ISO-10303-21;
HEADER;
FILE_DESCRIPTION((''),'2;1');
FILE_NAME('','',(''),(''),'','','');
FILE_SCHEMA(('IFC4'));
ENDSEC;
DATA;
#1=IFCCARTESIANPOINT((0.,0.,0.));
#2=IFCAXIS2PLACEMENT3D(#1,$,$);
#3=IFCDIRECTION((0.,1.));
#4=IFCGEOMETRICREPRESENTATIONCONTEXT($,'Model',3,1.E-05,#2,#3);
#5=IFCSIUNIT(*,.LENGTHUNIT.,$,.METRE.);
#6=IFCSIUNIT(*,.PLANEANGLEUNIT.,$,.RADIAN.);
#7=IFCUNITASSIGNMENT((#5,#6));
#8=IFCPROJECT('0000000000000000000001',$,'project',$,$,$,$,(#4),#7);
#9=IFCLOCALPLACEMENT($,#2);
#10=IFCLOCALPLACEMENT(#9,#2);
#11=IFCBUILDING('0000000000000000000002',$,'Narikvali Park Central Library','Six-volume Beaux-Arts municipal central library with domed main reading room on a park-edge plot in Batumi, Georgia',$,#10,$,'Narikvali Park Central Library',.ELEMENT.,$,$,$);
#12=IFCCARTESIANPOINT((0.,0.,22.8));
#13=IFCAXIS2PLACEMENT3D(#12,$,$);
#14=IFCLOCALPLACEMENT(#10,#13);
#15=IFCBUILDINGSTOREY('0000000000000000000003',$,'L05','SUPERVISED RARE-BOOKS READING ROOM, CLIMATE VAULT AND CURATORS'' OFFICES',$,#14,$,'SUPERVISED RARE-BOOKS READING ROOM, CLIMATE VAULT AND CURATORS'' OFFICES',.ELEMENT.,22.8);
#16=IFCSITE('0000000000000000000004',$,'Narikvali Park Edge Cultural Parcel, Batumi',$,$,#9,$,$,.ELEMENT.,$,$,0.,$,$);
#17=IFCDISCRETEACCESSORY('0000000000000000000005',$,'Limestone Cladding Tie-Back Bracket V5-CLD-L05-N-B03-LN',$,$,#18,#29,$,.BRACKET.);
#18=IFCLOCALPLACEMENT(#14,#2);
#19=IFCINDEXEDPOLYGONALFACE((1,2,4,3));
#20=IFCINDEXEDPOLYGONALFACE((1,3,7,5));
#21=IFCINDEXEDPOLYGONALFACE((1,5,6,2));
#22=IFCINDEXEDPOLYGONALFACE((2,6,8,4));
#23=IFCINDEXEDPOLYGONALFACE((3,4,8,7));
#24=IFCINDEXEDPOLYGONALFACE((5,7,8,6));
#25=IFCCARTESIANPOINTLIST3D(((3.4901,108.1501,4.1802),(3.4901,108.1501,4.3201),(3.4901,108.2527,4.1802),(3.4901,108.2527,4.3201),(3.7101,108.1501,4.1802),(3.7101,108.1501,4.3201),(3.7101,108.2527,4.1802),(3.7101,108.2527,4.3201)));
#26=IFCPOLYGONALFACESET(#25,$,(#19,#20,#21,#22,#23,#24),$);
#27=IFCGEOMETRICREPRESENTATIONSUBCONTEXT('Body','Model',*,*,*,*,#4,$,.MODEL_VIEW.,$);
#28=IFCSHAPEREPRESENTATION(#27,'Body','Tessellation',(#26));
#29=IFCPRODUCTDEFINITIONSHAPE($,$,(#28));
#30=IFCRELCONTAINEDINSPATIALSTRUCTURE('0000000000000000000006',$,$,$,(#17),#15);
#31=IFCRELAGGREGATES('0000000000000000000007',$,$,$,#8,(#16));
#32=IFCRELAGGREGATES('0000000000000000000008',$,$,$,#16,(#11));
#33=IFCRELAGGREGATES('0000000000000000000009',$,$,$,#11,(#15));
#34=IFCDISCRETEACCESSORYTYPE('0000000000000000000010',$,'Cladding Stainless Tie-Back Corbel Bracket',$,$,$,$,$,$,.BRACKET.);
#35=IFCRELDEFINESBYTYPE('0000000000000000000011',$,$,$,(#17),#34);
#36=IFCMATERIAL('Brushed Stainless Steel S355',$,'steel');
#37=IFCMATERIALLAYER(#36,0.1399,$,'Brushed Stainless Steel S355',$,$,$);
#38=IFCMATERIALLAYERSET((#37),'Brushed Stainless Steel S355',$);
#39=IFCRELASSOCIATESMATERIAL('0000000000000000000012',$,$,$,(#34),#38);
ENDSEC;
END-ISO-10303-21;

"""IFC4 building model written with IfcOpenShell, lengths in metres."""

from ifc_helpers import new_model, si_unit, direction, frame, origin, origin_2d, place, context, subcontext, project, spatial, rectangle, extrude, material, layer, layer_set, type_object, element, save


model = new_model("IFC4")

# Units and contexts
model_context = context("Model", 3, precision=1e-05, world=origin(), true_north=direction((0.0, 1.0)))
body_context = subcontext(model_context, "Body", "Model", "MODEL_VIEW")
ifc_project = project(units=[si_unit("LENGTHUNIT", "METRE"), si_unit("PLANEANGLEUNIT", "RADIAN")], contexts=[model_context])

# Site, building, storey
site_placement = place(None, origin())
site = spatial("IfcSite", under=ifc_project, at=site_placement, Name="Narikvali Park Edge Cultural Parcel, Batumi", CompositionType="ELEMENT", RefElevation=0.0)
building_placement = place(site_placement, origin())
building = spatial("IfcBuilding", under=site, at=building_placement, Name="Narikvali Park Central Library", Description="Six-volume Beaux-Arts municipal central library with domed main reading room on a park-edge plot in Batumi, Georgia", LongName="Narikvali Park Central Library", CompositionType="ELEMENT")
storey_placement = place(building_placement, frame((0.0, 0.0, 22.8)))
storey = spatial("IfcBuildingStorey", under=building, at=storey_placement, Name="L05", Description="SUPERVISED RARE-BOOKS READING ROOM, CLIMATE VAULT AND CURATORS' OFFICES", LongName="SUPERVISED RARE-BOOKS READING ROOM, CLIMATE VAULT AND CURATORS' OFFICES", CompositionType="ELEMENT", Elevation=22.8)

# Discrete accessory
ifc_material_1 = material(Name="Brushed Stainless Steel S355", Category="steel")
ifc_layer_1 = layer(ifc_material_1, 0.1399, Name="Brushed Stainless Steel S355")
ifc_layer_set_1 = layer_set([ifc_layer_1], Name="Brushed Stainless Steel S355")
discrete_accessory_type = type_object("IfcDiscreteAccessoryType", Name="Cladding Stainless Tie-Back Corbel Bracket", PredefinedType="BRACKET", material=ifc_layer_set_1)
discrete_accessory_1_placement = place(storey_placement, frame((3.6001, 108.2014, 4.1802), z_axis=(0.0, 0.0, 1.0), x_axis=(1.0, 0.0, 0.0)))
element("IfcDiscreteAccessory", 1, at=discrete_accessory_1_placement, inside=storey, type_object=discrete_accessory_type, Name="Limestone Cladding Tie-Back Bracket V5-CLD-L05-N-B03-LN", PredefinedType="BRACKET", context=body_context, shape_type="SweptSolid", body=[
    extrude(rectangle(XDim=0.22, YDim=0.1025, at=origin_2d()), origin(), (0.0, 0.0, 1.0), 0.1399),
])

save(model, "model.ifc")
